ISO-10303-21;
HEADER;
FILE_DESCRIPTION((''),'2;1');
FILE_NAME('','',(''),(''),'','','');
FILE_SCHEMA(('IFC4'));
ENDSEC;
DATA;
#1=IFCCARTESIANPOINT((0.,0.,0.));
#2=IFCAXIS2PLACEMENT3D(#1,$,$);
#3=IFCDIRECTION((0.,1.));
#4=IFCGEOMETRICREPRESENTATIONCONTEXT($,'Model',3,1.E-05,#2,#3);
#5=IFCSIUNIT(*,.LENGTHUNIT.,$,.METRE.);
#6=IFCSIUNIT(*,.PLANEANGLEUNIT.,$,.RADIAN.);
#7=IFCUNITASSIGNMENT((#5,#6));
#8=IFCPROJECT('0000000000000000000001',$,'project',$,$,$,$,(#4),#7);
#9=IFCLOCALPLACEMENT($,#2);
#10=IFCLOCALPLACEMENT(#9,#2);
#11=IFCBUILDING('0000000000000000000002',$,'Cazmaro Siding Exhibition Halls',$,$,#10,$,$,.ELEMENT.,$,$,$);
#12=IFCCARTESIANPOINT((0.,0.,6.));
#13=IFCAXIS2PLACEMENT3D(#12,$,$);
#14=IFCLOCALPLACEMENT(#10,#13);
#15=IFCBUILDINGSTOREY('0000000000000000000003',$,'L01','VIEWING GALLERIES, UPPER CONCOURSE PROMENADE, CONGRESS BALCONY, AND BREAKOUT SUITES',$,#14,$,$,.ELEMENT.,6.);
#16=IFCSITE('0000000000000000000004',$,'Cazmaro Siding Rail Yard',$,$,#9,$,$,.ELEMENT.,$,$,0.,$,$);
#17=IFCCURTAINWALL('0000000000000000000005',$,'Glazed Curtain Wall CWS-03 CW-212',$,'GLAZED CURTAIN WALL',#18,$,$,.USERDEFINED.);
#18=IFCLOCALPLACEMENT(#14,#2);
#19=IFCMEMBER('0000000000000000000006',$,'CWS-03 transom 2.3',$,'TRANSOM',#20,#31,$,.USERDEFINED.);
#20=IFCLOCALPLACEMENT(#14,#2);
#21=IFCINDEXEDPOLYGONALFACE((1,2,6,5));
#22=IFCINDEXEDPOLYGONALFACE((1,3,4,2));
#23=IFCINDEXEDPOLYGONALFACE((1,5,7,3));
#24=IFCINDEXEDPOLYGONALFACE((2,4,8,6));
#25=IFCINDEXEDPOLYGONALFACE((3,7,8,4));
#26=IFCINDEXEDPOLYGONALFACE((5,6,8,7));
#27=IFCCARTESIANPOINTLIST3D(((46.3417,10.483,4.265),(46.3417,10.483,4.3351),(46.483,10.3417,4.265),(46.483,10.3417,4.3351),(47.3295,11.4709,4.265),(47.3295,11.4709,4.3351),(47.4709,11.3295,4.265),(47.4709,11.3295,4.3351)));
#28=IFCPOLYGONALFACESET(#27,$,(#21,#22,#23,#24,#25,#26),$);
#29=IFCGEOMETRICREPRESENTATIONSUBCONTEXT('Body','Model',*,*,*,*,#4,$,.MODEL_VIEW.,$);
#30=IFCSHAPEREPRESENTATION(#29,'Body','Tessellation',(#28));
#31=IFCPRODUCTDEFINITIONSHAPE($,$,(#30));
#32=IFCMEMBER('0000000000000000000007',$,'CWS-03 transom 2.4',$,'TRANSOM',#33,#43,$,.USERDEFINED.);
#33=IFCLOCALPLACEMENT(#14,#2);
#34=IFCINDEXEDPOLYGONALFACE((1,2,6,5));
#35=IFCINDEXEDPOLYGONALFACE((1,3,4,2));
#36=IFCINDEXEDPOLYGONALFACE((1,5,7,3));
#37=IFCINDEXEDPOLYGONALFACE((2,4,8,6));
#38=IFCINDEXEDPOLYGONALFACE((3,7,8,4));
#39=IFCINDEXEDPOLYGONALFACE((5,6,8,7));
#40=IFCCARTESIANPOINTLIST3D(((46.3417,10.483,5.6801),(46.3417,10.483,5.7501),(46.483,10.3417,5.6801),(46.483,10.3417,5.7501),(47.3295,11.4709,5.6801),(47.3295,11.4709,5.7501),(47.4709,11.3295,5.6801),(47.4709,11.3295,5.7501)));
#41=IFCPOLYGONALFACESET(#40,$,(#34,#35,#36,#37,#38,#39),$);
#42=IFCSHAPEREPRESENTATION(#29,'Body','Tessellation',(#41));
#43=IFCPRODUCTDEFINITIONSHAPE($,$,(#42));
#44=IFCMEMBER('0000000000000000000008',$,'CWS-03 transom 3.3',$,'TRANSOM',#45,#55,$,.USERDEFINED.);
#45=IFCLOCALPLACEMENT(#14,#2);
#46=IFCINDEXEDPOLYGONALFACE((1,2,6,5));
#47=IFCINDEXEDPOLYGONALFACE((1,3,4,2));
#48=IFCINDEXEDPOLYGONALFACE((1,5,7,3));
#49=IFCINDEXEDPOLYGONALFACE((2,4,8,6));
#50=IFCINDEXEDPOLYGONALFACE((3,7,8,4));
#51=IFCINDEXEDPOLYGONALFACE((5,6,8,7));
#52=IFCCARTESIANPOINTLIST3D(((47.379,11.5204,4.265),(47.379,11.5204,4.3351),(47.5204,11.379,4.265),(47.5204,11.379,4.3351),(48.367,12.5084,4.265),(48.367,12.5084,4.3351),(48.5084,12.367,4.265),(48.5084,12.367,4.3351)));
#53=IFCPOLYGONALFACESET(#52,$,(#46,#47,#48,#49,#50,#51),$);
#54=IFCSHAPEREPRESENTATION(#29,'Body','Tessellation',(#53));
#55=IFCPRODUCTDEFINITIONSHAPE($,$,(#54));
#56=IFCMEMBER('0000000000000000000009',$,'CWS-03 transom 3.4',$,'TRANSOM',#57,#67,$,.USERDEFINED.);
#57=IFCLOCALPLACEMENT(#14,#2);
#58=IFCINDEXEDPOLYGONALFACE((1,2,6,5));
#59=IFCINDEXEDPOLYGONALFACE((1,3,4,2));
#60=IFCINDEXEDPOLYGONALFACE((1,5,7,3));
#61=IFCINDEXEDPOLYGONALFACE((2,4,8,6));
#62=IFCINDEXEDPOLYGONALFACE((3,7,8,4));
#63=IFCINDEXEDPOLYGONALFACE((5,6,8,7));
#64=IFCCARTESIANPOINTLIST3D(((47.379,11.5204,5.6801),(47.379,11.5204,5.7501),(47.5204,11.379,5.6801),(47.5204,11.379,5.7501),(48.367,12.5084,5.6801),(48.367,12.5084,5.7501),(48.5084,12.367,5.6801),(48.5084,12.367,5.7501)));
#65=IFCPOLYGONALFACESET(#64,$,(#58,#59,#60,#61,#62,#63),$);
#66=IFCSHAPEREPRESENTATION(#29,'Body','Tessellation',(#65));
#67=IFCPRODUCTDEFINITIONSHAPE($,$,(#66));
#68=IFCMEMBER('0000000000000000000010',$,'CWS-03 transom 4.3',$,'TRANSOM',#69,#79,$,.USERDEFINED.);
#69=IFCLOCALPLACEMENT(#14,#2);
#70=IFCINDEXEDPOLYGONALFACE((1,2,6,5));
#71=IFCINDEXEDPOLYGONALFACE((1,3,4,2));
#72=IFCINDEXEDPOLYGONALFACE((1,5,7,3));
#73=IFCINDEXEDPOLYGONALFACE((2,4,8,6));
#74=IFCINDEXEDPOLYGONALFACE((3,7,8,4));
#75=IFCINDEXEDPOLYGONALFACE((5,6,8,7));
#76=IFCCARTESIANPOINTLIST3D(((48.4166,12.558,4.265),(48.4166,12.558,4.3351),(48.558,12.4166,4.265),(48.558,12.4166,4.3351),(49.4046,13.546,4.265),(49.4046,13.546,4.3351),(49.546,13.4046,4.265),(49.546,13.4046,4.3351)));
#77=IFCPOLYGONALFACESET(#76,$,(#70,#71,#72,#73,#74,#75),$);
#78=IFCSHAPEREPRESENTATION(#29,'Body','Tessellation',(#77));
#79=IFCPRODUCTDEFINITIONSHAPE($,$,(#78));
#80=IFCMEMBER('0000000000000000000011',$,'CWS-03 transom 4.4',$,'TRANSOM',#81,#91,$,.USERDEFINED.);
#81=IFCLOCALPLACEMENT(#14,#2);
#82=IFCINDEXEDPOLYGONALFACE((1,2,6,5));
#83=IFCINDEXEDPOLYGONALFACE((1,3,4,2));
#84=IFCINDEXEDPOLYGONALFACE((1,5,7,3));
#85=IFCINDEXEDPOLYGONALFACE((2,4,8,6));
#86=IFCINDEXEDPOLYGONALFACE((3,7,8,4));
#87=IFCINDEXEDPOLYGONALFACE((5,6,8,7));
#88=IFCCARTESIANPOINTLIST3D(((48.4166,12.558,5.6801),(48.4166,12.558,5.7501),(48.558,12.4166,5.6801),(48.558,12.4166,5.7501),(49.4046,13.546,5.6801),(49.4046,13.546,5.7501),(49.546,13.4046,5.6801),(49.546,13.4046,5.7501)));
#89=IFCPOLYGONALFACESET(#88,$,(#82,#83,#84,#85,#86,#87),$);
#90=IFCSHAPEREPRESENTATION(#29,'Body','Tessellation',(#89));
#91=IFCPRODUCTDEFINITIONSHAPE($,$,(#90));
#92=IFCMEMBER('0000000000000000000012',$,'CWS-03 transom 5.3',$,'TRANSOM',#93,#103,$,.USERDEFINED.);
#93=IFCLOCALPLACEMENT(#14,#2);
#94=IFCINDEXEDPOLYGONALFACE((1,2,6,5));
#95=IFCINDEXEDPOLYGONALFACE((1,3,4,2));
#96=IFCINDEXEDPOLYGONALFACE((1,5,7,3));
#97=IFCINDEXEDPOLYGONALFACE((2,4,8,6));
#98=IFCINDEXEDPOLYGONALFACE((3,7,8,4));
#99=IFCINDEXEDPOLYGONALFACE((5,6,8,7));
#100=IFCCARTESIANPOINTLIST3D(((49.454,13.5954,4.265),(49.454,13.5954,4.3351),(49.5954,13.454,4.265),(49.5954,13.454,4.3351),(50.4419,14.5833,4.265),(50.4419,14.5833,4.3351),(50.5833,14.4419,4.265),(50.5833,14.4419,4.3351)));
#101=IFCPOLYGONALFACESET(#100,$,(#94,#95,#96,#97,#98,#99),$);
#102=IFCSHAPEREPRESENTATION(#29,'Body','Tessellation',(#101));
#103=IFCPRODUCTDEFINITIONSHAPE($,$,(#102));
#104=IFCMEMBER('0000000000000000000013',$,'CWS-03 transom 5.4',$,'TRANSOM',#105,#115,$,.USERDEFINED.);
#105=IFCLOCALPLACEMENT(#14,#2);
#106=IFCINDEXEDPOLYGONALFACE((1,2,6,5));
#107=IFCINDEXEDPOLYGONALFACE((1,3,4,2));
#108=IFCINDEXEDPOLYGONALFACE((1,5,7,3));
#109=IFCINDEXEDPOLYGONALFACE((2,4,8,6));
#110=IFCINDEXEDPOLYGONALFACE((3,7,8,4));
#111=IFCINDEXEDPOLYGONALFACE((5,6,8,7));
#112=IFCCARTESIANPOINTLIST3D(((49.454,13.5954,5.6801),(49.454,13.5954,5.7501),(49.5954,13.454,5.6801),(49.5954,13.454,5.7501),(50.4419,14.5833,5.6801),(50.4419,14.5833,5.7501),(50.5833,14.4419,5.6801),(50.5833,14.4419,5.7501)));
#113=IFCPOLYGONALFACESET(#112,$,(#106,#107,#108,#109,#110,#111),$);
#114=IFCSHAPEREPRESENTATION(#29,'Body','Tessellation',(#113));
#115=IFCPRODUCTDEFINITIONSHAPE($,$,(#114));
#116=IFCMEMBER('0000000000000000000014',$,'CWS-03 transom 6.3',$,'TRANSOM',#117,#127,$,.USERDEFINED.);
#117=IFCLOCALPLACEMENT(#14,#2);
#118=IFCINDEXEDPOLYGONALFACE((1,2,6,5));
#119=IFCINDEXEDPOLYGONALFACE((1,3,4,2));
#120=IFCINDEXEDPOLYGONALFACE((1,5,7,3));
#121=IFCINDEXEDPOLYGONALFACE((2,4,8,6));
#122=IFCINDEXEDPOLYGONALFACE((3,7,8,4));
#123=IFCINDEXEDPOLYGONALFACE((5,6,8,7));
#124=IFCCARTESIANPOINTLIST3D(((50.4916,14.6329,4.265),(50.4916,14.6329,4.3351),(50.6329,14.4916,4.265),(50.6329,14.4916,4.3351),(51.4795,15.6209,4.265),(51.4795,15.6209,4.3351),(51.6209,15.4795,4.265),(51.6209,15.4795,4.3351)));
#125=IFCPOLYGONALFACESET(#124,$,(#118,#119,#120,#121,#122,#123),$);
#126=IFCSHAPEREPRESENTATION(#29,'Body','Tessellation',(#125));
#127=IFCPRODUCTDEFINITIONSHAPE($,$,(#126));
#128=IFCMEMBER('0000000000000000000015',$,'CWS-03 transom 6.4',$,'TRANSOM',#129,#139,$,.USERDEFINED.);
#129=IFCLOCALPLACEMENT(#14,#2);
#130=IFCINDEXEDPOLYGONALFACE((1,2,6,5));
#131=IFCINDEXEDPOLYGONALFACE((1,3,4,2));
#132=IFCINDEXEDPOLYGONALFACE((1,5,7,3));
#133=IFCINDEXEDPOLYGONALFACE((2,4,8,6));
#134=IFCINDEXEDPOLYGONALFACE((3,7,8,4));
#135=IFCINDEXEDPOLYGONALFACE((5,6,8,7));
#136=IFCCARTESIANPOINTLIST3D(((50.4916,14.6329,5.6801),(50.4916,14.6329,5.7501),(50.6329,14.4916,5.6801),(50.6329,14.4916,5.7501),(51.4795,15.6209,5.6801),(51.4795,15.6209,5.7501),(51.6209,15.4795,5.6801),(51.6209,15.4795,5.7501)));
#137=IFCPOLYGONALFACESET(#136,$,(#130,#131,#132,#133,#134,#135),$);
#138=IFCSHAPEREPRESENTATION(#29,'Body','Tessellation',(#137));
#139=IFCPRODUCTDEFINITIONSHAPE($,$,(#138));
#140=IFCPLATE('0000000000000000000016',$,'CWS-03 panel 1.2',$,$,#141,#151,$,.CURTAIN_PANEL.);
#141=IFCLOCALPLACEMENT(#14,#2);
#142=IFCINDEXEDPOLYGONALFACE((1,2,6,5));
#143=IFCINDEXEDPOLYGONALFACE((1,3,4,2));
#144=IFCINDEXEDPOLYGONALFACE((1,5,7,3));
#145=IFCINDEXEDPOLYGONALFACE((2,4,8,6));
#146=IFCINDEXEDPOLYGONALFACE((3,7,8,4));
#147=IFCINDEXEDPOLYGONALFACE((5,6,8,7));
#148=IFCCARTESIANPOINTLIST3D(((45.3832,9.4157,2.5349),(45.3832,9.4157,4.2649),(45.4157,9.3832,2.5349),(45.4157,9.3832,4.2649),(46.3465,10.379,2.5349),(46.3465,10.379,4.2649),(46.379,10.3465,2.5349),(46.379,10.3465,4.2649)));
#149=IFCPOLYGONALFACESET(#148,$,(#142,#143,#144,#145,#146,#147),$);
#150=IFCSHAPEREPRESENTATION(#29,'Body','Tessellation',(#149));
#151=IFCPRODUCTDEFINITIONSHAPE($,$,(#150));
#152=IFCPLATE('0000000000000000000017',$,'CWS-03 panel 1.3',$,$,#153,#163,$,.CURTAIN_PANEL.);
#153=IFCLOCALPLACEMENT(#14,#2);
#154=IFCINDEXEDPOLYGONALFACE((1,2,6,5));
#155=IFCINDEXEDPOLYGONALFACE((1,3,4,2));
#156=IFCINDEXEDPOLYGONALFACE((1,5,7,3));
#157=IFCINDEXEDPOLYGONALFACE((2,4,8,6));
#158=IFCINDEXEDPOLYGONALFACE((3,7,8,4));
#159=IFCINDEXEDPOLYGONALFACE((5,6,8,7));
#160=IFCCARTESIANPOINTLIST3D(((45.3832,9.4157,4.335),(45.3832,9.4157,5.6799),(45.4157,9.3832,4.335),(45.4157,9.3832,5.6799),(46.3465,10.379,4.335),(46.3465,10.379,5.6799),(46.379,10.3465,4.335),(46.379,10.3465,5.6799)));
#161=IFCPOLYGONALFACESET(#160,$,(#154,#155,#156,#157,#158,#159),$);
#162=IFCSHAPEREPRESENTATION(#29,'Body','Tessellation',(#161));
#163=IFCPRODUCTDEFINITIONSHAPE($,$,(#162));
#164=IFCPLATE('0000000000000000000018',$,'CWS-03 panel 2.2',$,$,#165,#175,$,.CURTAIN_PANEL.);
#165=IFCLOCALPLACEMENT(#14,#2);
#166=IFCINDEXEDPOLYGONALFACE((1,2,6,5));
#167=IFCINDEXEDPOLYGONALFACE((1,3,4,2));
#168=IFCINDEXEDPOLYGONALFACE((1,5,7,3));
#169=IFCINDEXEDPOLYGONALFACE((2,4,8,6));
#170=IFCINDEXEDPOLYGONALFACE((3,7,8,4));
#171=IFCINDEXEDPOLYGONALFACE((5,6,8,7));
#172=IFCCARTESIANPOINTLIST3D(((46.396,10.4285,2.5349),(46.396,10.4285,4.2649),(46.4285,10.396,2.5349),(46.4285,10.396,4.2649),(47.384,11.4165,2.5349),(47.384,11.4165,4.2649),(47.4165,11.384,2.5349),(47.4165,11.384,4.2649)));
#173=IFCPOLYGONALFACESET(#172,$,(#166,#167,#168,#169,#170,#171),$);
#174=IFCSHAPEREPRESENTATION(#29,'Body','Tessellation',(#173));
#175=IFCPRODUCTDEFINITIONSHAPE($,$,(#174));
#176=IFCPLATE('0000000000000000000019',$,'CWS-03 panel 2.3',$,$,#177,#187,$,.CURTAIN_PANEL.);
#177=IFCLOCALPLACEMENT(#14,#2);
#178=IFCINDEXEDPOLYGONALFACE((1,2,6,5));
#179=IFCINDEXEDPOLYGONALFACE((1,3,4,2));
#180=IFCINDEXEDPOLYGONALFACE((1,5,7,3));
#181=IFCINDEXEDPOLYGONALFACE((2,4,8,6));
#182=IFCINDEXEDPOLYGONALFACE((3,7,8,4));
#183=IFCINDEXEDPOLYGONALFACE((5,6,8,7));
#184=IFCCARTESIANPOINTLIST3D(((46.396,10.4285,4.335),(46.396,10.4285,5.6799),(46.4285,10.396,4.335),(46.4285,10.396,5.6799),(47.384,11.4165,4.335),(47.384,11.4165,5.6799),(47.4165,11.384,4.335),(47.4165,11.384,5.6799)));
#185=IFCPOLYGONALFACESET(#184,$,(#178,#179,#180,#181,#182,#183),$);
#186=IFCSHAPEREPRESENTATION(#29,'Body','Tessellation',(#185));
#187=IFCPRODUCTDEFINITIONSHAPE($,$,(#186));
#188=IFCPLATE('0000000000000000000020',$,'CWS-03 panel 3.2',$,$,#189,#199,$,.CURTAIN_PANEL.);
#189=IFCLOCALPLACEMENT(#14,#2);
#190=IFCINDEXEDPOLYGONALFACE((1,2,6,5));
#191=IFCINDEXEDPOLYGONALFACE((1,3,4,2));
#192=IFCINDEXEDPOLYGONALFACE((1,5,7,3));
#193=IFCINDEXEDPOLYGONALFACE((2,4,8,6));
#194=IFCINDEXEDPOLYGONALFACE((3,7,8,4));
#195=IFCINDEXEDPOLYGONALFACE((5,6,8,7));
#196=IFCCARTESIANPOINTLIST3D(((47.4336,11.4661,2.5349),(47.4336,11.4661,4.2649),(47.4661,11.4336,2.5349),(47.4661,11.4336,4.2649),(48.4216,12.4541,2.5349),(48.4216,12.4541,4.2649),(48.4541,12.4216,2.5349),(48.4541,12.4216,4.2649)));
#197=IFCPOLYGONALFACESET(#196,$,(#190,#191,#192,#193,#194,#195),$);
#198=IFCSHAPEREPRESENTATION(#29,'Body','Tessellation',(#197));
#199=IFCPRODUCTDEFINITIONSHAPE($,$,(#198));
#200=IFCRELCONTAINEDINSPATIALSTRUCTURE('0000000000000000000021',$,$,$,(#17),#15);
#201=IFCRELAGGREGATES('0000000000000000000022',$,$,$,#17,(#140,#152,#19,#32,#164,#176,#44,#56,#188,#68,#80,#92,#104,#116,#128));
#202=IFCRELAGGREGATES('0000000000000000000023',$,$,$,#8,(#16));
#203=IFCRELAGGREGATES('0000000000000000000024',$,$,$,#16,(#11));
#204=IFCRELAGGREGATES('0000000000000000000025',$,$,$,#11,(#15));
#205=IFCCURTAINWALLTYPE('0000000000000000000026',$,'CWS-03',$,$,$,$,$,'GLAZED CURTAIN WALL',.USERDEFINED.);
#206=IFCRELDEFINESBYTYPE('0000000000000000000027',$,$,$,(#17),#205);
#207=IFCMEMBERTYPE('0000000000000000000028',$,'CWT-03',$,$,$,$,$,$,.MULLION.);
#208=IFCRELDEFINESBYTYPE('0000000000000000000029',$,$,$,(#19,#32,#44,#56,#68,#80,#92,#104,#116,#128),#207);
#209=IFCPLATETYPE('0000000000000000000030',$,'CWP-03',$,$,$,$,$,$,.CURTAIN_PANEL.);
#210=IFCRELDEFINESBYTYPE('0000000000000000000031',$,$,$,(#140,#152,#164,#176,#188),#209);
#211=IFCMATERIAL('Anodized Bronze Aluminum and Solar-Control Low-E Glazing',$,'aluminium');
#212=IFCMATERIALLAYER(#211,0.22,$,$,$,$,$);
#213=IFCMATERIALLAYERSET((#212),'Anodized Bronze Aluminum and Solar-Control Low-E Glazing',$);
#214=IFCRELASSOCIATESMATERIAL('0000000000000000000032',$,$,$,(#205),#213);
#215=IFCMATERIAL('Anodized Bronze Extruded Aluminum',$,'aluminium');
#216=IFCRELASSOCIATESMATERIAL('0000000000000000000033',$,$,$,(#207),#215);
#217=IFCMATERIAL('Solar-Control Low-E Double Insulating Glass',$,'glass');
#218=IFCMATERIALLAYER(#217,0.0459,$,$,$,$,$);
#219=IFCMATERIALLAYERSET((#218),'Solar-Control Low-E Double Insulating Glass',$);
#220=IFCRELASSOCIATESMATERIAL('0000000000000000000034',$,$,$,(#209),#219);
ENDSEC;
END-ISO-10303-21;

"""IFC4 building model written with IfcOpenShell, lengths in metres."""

from ifc_helpers import new_model, si_unit, direction, frame, origin, origin_2d, place, context, subcontext, project, spatial, rectangle, extrude, material, layer, layer_set, material_profile, profile_set, type_object, element, aggregate, save


model = new_model("IFC4")

# Units and contexts
model_context = context("Model", 3, precision=1e-05, world=origin(), true_north=direction((0.0, 1.0)))
body_context = subcontext(model_context, "Body", "Model", "MODEL_VIEW")
ifc_project = project(units=[si_unit("LENGTHUNIT", "METRE"), si_unit("PLANEANGLEUNIT", "RADIAN")], contexts=[model_context])

# Site, building, storey
site_placement = place(None, origin())
site = spatial("IfcSite", under=ifc_project, at=site_placement, Name="Cazmaro Siding Rail Yard", CompositionType="ELEMENT", RefElevation=0.0)
building_placement = place(site_placement, origin())
building = spatial("IfcBuilding", under=site, at=building_placement, Name="Cazmaro Siding Exhibition Halls", CompositionType="ELEMENT")
storey_placement = place(building_placement, frame((0.0, 0.0, 6.0)))
storey = spatial("IfcBuildingStorey", under=building, at=storey_placement, Name="L01", Description="VIEWING GALLERIES, UPPER CONCOURSE PROMENADE, CONGRESS BALCONY, AND BREAKOUT SUITES", CompositionType="ELEMENT", Elevation=6.0)

# Curtain wall, members, plates
ifc_material_1 = material(Name="Anodized Bronze Aluminum and Solar-Control Low-E Glazing", Category="aluminium")
ifc_layer_1 = layer(ifc_material_1, 0.22)
ifc_layer_set_1 = layer_set([ifc_layer_1], Name="Anodized Bronze Aluminum and Solar-Control Low-E Glazing")
curtain_wall_type = type_object("IfcCurtainWallType", Name="CWS-03", ElementType="GLAZED CURTAIN WALL", PredefinedType="USERDEFINED", material=ifc_layer_set_1)
curtain_wall_placement = place(storey_placement, origin())
curtain_wall = element("IfcCurtainWall", 1, at=curtain_wall_placement, inside=storey, type_object=curtain_wall_type, Name="Glazed Curtain Wall CWS-03 CW-212", ObjectType="GLAZED CURTAIN WALL", PredefinedType="USERDEFINED")
ifc_material_2 = material(Name="Anodized Bronze Extruded Aluminum", Category="aluminium")
ifc_material_profile = material_profile(ifc_material_2, rectangle(XDim=0.2, YDim=0.0701, at=origin_2d()), Name="CWT-03")
ifc_profile_set = profile_set([ifc_material_profile], Name="Anodized Bronze Extruded Aluminum")
member_type = type_object("IfcMemberType", Name="CWT-03", PredefinedType="MULLION", material=ifc_profile_set)
member_1_placement = place(storey_placement, frame((46.4124, 10.4124, 4.3), z_axis=(0.707107, 0.707107, 0.0), x_axis=(-0.707107, 0.707107, 0.0)))
member_1 = element("IfcMember", 2, at=member_1_placement, type_object=member_type, Name="CWS-03 transom 2.3", ObjectType="TRANSOM", PredefinedType="USERDEFINED", context=body_context, shape_type="SweptSolid", body=[
    extrude(rectangle(XDim=0.2, YDim=0.0701, at=origin_2d()), origin(), (0.0, 0.0, 1.0), 1.397),
])
member_2_placement = place(storey_placement, frame((46.4124, 10.4124, 5.7151), z_axis=(0.707107, 0.707107, 0.0), x_axis=(-0.707107, 0.707107, 0.0)))
member_2 = element("IfcMember", 3, at=member_2_placement, type_object=member_type, Name="CWS-03 transom 2.4", ObjectType="TRANSOM", PredefinedType="USERDEFINED", context=body_context, shape_type="SweptSolid", body=[
    extrude(rectangle(XDim=0.2, YDim=0.0701, at=origin_2d()), origin(), (0.0, 0.0, 1.0), 1.397),
])
member_3_placement = place(storey_placement, frame((47.4497, 11.4497, 4.3), z_axis=(0.707107, 0.707107, 0.0), x_axis=(-0.707107, 0.707107, 0.0)))
member_3 = element("IfcMember", 4, at=member_3_placement, type_object=member_type, Name="CWS-03 transom 3.3", ObjectType="TRANSOM", PredefinedType="USERDEFINED", context=body_context, shape_type="SweptSolid", body=[
    extrude(rectangle(XDim=0.2, YDim=0.0701, at=origin_2d()), origin(), (0.0, 0.0, 1.0), 1.3972),
])
member_4_placement = place(storey_placement, frame((47.4497, 11.4497, 5.7151), z_axis=(0.707107, 0.707107, 0.0), x_axis=(-0.707107, 0.707107, 0.0)))
member_4 = element("IfcMember", 5, at=member_4_placement, type_object=member_type, Name="CWS-03 transom 3.4", ObjectType="TRANSOM", PredefinedType="USERDEFINED", context=body_context, shape_type="SweptSolid", body=[
    extrude(rectangle(XDim=0.2, YDim=0.0701, at=origin_2d()), origin(), (0.0, 0.0, 1.0), 1.3972),
])
member_5_placement = place(storey_placement, frame((48.4873, 12.4873, 4.3), z_axis=(0.707107, 0.707107, 0.0), x_axis=(-0.707107, 0.707107, 0.0)))
member_5 = element("IfcMember", 6, at=member_5_placement, type_object=member_type, Name="CWS-03 transom 4.3", ObjectType="TRANSOM", PredefinedType="USERDEFINED", context=body_context, shape_type="SweptSolid", body=[
    extrude(rectangle(XDim=0.2, YDim=0.0701, at=origin_2d()), origin(), (0.0, 0.0, 1.0), 1.3972),
])
member_6_placement = place(storey_placement, frame((48.4873, 12.4873, 5.7151), z_axis=(0.707107, 0.707107, 0.0), x_axis=(-0.707107, 0.707107, 0.0)))
member_6 = element("IfcMember", 7, at=member_6_placement, type_object=member_type, Name="CWS-03 transom 4.4", ObjectType="TRANSOM", PredefinedType="USERDEFINED", context=body_context, shape_type="SweptSolid", body=[
    extrude(rectangle(XDim=0.2, YDim=0.0701, at=origin_2d()), origin(), (0.0, 0.0, 1.0), 1.3972),
])
member_7_placement = place(storey_placement, frame((49.5247, 13.5247, 4.3), z_axis=(0.707107, 0.707107, 0.0), x_axis=(-0.707107, 0.707107, 0.0)))
member_7 = element("IfcMember", 8, at=member_7_placement, type_object=member_type, Name="CWS-03 transom 5.3", ObjectType="TRANSOM", PredefinedType="USERDEFINED", context=body_context, shape_type="SweptSolid", body=[
    extrude(rectangle(XDim=0.2, YDim=0.0701, at=origin_2d()), origin(), (0.0, 0.0, 1.0), 1.3972),
])
member_8_placement = place(storey_placement, frame((49.5247, 13.5247, 5.7151), z_axis=(0.707107, 0.707107, 0.0), x_axis=(-0.707107, 0.707107, 0.0)))
member_8 = element("IfcMember", 9, at=member_8_placement, type_object=member_type, Name="CWS-03 transom 5.4", ObjectType="TRANSOM", PredefinedType="USERDEFINED", context=body_context, shape_type="SweptSolid", body=[
    extrude(rectangle(XDim=0.2, YDim=0.0701, at=origin_2d()), origin(), (0.0, 0.0, 1.0), 1.3972),
])
member_9_placement = place(storey_placement, frame((50.5623, 14.5623, 4.3), z_axis=(0.707107, 0.707107, 0.0), x_axis=(-0.707107, 0.707107, 0.0)))
member_9 = element("IfcMember", 10, at=member_9_placement, type_object=member_type, Name="CWS-03 transom 6.3", ObjectType="TRANSOM", PredefinedType="USERDEFINED", context=body_context, shape_type="SweptSolid", body=[
    extrude(rectangle(XDim=0.2, YDim=0.0701, at=origin_2d()), origin(), (0.0, 0.0, 1.0), 1.3972),
])
member_10_placement = place(storey_placement, frame((50.5623, 14.5623, 5.7151), z_axis=(0.707107, 0.707107, 0.0), x_axis=(-0.707107, 0.707107, 0.0)))
member_10 = element("IfcMember", 11, at=member_10_placement, type_object=member_type, Name="CWS-03 transom 6.4", ObjectType="TRANSOM", PredefinedType="USERDEFINED", context=body_context, shape_type="SweptSolid", body=[
    extrude(rectangle(XDim=0.2, YDim=0.0701, at=origin_2d()), origin(), (0.0, 0.0, 1.0), 1.3972),
])
ifc_material_3 = material(Name="Solar-Control Low-E Double Insulating Glass", Category="glass")
ifc_layer_2 = layer(ifc_material_3, 0.0459)
ifc_layer_set_2 = layer_set([ifc_layer_2], Name="Solar-Control Low-E Double Insulating Glass")
plate_type = type_object("IfcPlateType", Name="CWP-03", PredefinedType="CURTAIN_PANEL", material=ifc_layer_set_2)
plate_1_placement = place(storey_placement, frame((45.8811, 9.8811, 2.5349), z_axis=(0.0, 0.0, 1.0), x_axis=(0.707107, 0.707107, 0.0)))
plate_1 = element("IfcPlate", 12, at=plate_1_placement, type_object=plate_type, Name="CWS-03 panel 1.2", PredefinedType="CURTAIN_PANEL", context=body_context, shape_type="SweptSolid", body=[
    extrude(rectangle(XDim=1.3623, YDim=0.0459, at=origin_2d()), origin(), (0.0, 0.0, 1.0), 1.73),
])
plate_2_placement = place(storey_placement, frame((45.8811, 9.8811, 4.335), z_axis=(0.0, 0.0, 1.0), x_axis=(0.707107, 0.707107, 0.0)))
plate_2 = element("IfcPlate", 13, at=plate_2_placement, type_object=plate_type, Name="CWS-03 panel 1.3", PredefinedType="CURTAIN_PANEL", context=body_context, shape_type="SweptSolid", body=[
    extrude(rectangle(XDim=1.3623, YDim=0.0459, at=origin_2d()), origin(), (0.0, 0.0, 1.0), 1.345),
])
plate_3_placement = place(storey_placement, frame((46.9062, 10.9062, 2.5349), z_axis=(0.0, 0.0, 1.0), x_axis=(0.707107, 0.707107, 0.0)))
plate_3 = element("IfcPlate", 14, at=plate_3_placement, type_object=plate_type, Name="CWS-03 panel 2.2", PredefinedType="CURTAIN_PANEL", context=body_context, shape_type="SweptSolid", body=[
    extrude(rectangle(XDim=1.3972, YDim=0.0459, at=origin_2d()), origin(), (0.0, 0.0, 1.0), 1.73),
])
plate_4_placement = place(storey_placement, frame((46.9062, 10.9062, 4.335), z_axis=(0.0, 0.0, 1.0), x_axis=(0.707107, 0.707107, 0.0)))
plate_4 = element("IfcPlate", 15, at=plate_4_placement, type_object=plate_type, Name="CWS-03 panel 2.3", PredefinedType="CURTAIN_PANEL", context=body_context, shape_type="SweptSolid", body=[
    extrude(rectangle(XDim=1.3972, YDim=0.0459, at=origin_2d()), origin(), (0.0, 0.0, 1.0), 1.345),
])
plate_5_placement = place(storey_placement, frame((47.9438, 11.9438, 2.5349), z_axis=(0.0, 0.0, 1.0), x_axis=(0.707107, 0.707107, 0.0)))
plate_5 = element("IfcPlate", 16, at=plate_5_placement, type_object=plate_type, Name="CWS-03 panel 3.2", PredefinedType="CURTAIN_PANEL", context=body_context, shape_type="SweptSolid", body=[
    extrude(rectangle(XDim=1.3972, YDim=0.0459, at=origin_2d()), origin(), (0.0, 0.0, 1.0), 1.73),
])
aggregate(curtain_wall, [plate_1, plate_2, member_1, member_2, plate_3, plate_4, member_3, member_4, plate_5, member_5, member_6, member_7, member_8, member_9, member_10])

save(model, "model.ifc")
